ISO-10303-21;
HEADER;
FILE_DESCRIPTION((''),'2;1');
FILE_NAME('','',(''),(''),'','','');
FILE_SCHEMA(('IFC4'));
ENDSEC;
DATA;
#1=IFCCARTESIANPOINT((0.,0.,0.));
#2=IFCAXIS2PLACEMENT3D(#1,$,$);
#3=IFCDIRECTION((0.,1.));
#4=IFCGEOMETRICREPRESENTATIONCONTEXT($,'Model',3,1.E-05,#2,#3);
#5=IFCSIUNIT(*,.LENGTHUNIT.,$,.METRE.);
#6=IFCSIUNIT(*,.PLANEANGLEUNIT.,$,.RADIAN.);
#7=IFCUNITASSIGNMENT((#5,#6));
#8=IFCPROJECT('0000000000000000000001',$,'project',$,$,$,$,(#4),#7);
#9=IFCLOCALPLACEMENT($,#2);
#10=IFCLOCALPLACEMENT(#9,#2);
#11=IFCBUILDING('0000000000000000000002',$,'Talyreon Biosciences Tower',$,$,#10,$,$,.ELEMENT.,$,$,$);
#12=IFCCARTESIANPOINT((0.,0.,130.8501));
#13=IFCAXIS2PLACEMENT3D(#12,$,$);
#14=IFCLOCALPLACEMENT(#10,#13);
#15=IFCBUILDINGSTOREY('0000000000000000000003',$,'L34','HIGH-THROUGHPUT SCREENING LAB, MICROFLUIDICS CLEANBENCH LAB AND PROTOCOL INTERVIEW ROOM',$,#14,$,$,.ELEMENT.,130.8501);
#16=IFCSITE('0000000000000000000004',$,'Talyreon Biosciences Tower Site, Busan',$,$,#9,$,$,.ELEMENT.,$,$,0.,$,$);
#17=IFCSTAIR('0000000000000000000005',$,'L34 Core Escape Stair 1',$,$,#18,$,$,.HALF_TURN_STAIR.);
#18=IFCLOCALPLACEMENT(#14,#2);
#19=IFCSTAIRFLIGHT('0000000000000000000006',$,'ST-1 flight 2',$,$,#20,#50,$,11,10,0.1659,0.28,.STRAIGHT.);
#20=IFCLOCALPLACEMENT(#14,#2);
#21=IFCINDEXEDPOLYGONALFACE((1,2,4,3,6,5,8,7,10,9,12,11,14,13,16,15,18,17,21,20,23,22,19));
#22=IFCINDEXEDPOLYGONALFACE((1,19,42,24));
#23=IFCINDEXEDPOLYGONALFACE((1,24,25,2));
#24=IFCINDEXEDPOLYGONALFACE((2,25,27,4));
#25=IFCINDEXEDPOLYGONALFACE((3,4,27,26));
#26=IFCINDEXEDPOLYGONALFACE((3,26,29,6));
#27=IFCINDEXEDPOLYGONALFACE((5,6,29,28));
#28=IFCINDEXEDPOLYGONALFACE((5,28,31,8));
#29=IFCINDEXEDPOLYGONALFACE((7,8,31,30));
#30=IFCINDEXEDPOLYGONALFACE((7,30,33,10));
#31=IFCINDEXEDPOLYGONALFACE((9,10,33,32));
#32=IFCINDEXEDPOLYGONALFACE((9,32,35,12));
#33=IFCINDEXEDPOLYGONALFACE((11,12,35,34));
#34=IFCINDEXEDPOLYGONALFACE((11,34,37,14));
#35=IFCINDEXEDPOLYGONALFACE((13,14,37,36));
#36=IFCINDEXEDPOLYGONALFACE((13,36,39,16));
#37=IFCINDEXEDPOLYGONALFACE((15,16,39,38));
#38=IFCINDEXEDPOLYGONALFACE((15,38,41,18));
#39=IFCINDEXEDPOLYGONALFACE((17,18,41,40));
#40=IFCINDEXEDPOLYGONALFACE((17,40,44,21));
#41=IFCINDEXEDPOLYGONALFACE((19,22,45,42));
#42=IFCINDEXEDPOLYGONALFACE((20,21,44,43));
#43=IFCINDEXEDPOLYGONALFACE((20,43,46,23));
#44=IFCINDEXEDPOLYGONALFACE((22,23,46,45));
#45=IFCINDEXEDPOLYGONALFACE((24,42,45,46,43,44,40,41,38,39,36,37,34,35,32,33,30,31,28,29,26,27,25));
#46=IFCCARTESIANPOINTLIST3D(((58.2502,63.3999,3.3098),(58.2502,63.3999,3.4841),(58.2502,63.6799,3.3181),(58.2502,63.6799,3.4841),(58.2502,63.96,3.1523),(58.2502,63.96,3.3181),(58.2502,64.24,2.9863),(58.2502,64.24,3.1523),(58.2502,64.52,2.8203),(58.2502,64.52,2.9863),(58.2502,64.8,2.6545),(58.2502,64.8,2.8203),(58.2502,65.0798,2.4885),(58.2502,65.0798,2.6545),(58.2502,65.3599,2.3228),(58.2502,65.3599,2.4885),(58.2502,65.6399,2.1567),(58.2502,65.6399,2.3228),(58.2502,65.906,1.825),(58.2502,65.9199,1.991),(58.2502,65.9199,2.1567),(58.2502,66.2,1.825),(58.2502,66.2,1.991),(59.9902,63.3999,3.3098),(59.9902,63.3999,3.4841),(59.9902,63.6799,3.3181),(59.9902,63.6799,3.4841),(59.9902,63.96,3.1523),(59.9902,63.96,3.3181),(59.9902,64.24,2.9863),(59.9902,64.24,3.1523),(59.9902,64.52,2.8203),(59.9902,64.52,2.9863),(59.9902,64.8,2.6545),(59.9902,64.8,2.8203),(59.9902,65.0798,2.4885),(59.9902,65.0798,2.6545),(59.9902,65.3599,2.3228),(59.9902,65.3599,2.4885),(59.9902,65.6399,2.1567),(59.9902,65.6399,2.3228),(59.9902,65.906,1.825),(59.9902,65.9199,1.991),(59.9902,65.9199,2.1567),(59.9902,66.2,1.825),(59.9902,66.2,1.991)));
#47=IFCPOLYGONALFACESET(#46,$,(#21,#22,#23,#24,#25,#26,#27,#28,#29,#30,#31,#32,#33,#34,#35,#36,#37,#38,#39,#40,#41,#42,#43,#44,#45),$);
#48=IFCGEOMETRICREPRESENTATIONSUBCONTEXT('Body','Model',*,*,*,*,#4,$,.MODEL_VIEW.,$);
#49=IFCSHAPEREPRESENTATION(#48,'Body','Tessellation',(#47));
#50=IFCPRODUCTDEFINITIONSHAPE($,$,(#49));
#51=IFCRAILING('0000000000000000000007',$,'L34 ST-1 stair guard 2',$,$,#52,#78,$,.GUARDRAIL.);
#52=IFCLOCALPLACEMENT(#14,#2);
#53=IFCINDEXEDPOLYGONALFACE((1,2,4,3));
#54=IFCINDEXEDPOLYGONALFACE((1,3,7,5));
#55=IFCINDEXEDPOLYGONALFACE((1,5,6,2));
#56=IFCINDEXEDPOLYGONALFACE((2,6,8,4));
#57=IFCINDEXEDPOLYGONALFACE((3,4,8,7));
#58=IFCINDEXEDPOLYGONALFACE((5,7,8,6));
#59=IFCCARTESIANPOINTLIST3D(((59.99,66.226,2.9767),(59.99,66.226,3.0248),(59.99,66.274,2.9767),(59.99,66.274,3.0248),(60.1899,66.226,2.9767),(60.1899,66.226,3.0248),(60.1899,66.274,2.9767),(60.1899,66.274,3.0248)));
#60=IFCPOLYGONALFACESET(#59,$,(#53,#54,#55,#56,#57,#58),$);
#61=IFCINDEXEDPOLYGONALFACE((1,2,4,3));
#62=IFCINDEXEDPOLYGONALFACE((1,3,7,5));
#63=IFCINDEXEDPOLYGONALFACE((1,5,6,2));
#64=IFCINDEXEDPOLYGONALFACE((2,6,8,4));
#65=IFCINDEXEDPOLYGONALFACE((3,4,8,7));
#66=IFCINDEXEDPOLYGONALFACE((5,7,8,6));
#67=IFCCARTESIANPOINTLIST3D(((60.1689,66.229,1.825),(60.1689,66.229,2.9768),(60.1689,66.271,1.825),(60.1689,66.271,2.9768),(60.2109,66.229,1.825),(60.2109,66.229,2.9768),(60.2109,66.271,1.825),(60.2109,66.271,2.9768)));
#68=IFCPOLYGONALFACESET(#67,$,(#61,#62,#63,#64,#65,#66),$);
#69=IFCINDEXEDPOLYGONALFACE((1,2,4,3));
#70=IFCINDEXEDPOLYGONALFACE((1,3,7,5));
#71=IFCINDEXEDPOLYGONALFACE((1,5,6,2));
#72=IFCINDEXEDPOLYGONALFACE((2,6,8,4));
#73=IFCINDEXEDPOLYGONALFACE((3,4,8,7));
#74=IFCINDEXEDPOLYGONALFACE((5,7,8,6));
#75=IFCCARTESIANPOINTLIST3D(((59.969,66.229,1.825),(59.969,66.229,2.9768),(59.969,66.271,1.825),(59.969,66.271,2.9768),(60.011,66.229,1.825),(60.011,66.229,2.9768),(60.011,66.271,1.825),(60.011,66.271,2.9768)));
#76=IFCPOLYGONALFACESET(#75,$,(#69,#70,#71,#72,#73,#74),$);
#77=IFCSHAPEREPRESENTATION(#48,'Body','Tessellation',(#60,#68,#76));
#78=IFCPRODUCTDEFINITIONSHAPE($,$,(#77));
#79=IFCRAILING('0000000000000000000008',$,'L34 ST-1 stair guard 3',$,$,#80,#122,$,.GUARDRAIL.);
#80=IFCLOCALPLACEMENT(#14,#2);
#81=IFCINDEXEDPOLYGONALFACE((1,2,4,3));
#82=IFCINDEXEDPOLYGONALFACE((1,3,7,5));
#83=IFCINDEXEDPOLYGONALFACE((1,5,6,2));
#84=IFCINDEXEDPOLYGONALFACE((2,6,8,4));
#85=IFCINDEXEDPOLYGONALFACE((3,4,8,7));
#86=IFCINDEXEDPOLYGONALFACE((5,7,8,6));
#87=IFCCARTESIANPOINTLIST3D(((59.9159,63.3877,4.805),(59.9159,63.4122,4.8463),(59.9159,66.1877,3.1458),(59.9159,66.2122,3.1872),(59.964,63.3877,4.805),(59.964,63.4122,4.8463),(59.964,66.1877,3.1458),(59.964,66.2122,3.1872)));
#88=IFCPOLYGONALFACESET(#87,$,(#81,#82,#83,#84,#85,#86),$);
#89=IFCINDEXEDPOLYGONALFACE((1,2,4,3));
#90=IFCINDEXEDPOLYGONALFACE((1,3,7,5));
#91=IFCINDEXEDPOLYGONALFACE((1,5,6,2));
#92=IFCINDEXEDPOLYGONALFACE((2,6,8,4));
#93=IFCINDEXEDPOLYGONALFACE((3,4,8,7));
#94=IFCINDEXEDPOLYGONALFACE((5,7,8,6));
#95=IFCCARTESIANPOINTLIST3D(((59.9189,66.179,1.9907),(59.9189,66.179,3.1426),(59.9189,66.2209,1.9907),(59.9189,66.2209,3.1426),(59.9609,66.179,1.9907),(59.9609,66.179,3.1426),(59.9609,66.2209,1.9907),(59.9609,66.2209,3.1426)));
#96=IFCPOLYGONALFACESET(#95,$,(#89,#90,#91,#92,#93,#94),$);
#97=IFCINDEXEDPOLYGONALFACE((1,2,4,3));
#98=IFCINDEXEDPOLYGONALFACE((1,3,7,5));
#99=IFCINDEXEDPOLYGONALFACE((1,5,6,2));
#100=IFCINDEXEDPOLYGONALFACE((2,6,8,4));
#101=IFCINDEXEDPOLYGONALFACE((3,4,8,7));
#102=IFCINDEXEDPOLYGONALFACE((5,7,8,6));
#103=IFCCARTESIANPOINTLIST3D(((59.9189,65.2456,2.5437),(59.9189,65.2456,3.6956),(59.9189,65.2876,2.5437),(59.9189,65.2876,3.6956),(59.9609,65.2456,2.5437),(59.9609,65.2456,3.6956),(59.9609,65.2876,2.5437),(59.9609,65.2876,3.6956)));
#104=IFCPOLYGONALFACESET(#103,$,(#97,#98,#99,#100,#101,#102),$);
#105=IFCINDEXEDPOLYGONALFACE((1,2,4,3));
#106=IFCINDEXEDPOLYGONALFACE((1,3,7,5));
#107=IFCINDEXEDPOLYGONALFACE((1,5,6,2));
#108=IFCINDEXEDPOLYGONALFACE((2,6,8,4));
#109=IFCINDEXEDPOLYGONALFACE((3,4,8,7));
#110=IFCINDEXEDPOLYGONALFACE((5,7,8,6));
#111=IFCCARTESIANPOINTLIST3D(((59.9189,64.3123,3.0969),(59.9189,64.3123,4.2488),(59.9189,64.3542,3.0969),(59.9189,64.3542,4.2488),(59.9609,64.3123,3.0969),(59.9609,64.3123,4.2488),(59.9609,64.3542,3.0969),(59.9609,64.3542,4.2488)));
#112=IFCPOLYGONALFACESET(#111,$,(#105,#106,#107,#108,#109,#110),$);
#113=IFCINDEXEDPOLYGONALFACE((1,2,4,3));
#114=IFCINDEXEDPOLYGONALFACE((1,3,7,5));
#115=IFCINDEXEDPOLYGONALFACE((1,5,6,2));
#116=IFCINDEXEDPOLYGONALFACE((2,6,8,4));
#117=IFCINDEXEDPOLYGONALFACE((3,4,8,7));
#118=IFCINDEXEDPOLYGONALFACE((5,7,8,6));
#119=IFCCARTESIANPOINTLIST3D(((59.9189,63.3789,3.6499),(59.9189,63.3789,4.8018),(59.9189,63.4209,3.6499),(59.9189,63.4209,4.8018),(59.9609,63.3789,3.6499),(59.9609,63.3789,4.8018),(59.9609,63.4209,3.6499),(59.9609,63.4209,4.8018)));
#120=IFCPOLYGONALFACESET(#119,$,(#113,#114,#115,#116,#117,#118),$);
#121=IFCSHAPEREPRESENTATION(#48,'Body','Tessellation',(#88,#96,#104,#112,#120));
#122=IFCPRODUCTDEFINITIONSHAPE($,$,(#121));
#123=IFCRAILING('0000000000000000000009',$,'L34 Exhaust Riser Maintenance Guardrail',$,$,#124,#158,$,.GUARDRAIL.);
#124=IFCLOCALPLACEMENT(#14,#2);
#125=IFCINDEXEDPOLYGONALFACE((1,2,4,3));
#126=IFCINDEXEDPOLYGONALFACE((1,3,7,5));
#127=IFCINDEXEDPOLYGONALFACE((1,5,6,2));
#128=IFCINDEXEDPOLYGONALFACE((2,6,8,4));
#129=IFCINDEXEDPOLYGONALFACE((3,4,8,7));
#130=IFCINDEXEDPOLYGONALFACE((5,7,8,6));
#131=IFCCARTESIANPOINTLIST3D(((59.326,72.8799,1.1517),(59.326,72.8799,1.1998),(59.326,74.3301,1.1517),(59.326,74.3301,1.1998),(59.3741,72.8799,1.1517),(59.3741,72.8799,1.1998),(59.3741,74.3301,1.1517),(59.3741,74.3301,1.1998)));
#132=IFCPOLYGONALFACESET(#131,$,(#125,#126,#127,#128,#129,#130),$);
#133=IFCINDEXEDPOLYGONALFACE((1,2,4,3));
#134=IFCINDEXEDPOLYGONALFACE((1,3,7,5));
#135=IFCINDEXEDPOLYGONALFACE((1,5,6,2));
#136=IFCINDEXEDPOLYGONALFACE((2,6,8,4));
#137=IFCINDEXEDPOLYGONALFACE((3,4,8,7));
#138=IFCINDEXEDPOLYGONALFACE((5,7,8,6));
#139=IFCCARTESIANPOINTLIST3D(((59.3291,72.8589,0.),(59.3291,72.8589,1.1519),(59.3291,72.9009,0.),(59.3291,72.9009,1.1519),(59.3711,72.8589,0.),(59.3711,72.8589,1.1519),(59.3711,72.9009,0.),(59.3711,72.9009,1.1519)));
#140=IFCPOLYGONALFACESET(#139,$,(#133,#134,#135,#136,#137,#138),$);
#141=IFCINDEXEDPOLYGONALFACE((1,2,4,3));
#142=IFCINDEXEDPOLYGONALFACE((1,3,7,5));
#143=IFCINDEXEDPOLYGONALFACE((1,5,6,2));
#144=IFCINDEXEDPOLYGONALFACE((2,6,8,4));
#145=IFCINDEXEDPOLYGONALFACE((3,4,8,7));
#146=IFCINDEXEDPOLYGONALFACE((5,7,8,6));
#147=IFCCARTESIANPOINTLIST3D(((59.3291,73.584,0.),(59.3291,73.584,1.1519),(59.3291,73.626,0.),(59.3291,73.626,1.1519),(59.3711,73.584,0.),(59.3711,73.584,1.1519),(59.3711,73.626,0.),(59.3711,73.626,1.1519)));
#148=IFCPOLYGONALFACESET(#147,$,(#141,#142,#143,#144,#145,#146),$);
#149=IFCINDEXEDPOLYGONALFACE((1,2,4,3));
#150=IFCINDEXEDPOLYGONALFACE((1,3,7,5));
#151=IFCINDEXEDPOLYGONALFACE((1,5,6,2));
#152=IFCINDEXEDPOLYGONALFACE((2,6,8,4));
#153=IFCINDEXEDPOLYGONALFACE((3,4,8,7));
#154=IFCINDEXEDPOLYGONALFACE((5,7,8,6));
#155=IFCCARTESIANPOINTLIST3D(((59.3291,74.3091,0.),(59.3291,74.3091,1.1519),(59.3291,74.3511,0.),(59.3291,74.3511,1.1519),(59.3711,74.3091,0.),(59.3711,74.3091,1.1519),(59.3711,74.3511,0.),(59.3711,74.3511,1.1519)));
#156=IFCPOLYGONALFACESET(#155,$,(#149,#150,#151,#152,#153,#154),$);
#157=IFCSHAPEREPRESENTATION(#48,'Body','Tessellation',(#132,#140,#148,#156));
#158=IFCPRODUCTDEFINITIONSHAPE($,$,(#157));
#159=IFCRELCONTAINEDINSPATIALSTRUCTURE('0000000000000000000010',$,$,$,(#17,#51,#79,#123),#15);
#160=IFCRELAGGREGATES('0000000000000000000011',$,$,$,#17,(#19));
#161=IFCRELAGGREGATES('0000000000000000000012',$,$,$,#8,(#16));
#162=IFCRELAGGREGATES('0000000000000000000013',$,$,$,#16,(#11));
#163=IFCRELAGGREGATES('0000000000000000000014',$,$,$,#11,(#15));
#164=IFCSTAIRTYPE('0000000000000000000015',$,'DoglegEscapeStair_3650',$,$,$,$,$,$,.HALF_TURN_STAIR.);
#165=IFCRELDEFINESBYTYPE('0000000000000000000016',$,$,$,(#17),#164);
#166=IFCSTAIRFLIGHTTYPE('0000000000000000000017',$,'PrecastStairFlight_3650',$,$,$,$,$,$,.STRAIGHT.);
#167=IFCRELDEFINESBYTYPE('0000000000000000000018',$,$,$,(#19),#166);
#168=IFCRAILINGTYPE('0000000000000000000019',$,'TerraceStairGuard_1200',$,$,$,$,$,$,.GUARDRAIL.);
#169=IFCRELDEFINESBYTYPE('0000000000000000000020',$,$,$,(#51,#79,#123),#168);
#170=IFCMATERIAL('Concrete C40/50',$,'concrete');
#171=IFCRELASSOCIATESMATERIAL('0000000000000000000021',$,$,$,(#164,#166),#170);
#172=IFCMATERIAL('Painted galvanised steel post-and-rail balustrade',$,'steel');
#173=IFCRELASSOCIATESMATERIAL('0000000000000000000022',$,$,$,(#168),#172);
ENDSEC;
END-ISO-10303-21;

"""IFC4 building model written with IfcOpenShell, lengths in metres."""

from ifc_helpers import new_model, si_unit, direction, frame, origin, origin_2d, place, context, subcontext, project, spatial, polyline, rectangle, outline, extrude, material, type_object, element, aggregate, save


model = new_model("IFC4")

# Units and contexts
model_context = context("Model", 3, precision=1e-05, world=origin(), true_north=direction((0.0, 1.0)))
body_context = subcontext(model_context, "Body", "Model", "MODEL_VIEW")
ifc_project = project(units=[si_unit("LENGTHUNIT", "METRE"), si_unit("PLANEANGLEUNIT", "RADIAN")], contexts=[model_context])

# Site, building, storey
site_placement = place(None, origin())
site = spatial("IfcSite", under=ifc_project, at=site_placement, Name="Talyreon Biosciences Tower Site, Busan", CompositionType="ELEMENT", RefElevation=0.0)
building_placement = place(site_placement, origin())
building = spatial("IfcBuilding", under=site, at=building_placement, Name="Talyreon Biosciences Tower", CompositionType="ELEMENT")
storey_placement = place(building_placement, frame((0.0, 0.0, 130.8501)))
storey = spatial("IfcBuildingStorey", under=building, at=storey_placement, Name="L34", Description="HIGH-THROUGHPUT SCREENING LAB, MICROFLUIDICS CLEANBENCH LAB AND PROTOCOL INTERVIEW ROOM", CompositionType="ELEMENT", Elevation=130.8501)

# Stair, stair flight
ifc_material_1 = material(Name="Concrete C40/50", Category="concrete")
stair_type = type_object("IfcStairType", Name="DoglegEscapeStair_3650", PredefinedType="HALF_TURN_STAIR", material=ifc_material_1)
stair_placement = place(storey_placement, origin())
stair = element("IfcStair", 1, at=stair_placement, inside=storey, type_object=stair_type, Name="L34 Core Escape Stair 1", PredefinedType="HALF_TURN_STAIR")
stair_flight_type = type_object("IfcStairFlightType", Name="PrecastStairFlight_3650", PredefinedType="STRAIGHT", material=ifc_material_1)
stair_flight_placement = place(storey_placement, frame((59.1201, 66.2, 1.825), z_axis=(0.0, 0.0, 1.0), x_axis=(0.0, -1.0, 0.0)))
stair_flight = element("IfcStairFlight", 2, at=stair_flight_placement, type_object=stair_flight_type, Name="ST-1 flight 2", NumberOfRisers=11, NumberOfTreads=10, PredefinedType="STRAIGHT", RiserHeight=0.1659, TreadLength=0.28, context=body_context, shape_type="SweptSolid", body=[
    extrude(outline(polyline([(0.0, 0.0), (0.0, 0.166), (0.28, 0.166), (0.28, 0.3318), (0.5601, 0.3318), (0.5601, 0.4978), (0.8401, 0.4978), (0.8401, 0.6636), (1.1201, 0.6636), (1.1201, 0.8296), (1.3999, 0.8296), (1.3999, 0.9954), (1.6799, 0.9954), (1.6799, 1.1614), (1.96, 1.1614), (1.96, 1.3274), (2.24, 1.3274), (2.24, 1.4932), (2.52, 1.4932), (2.52, 1.6592), (2.8, 1.6592), (2.8, 1.825), (2.8, 1.4849), (0.2939, 0.0), (0.0, 0.0)])), frame((0.0, 0.8701, 0.0), z_axis=(0.0, -1.0, 0.0), x_axis=(1.0, 0.0, 0.0)), (0.0, 0.0, 1.0), 1.74),
])
aggregate(stair, [stair_flight])

# Railings
ifc_material_2 = material(Name="Painted galvanised steel post-and-rail balustrade", Category="steel")
railing_type = type_object("IfcRailingType", Name="TerraceStairGuard_1200", PredefinedType="GUARDRAIL", material=ifc_material_2)
railing_1_placement = place(storey_placement, frame((60.1899, 66.25, 1.825)))
element("IfcRailing", 3, at=railing_1_placement, inside=storey, type_object=railing_type, Name="L34 ST-1 stair guard 2", PredefinedType="GUARDRAIL", context=body_context, shape_type="SweptSolid", body=[
    extrude(rectangle(XDim=0.0481, YDim=0.0481, at=origin_2d()), frame((0.0, 0.0, 1.1758), z_axis=(-1.0, 0.0, 0.0), x_axis=(0.0, -1.0, 0.0)), (0.0, 0.0, 1.0), 0.2),
    extrude(rectangle(XDim=0.042, YDim=0.042, at=origin_2d()), origin(), (0.0, 0.0, 1.0), 1.1519),
    extrude(rectangle(XDim=0.042, YDim=0.042, at=origin_2d()), frame((-0.2, 0.0, 0.0)), (0.0, 0.0, 1.0), 1.1519),
])
railing_2_placement = place(storey_placement, frame((59.9399, 66.2, 1.9907)))
element("IfcRailing", 4, at=railing_2_placement, inside=storey, type_object=railing_type, Name="L34 ST-1 stair guard 3", PredefinedType="GUARDRAIL", context=body_context, shape_type="SweptSolid", body=[
    extrude(rectangle(XDim=0.0481, YDim=0.0481, at=origin_2d()), frame((0.0, 0.0, 1.1758), z_axis=(0.0, -0.860306, 0.509778), x_axis=(1.0, 0.0, 0.0)), (0.0, 0.0, 1.0), 3.2546),
    extrude(rectangle(XDim=0.042, YDim=0.042, at=origin_2d()), origin(), (0.0, 0.0, 1.0), 1.1519),
    extrude(rectangle(XDim=0.042, YDim=0.042, at=origin_2d()), frame((0.0, -0.9333, 0.553)), (0.0, 0.0, 1.0), 1.1519),
    extrude(rectangle(XDim=0.042, YDim=0.042, at=origin_2d()), frame((0.0, -1.8667, 1.1062)), (0.0, 0.0, 1.0), 1.1519),
    extrude(rectangle(XDim=0.042, YDim=0.042, at=origin_2d()), frame((0.0, -2.8, 1.6592)), (0.0, 0.0, 1.0), 1.1519),
])
railing_3_placement = place(storey_placement, frame((59.3501, 72.8799, 0.0)))
element("IfcRailing", 5, at=railing_3_placement, inside=storey, type_object=railing_type, Name="L34 Exhaust Riser Maintenance Guardrail", PredefinedType="GUARDRAIL", context=body_context, shape_type="SweptSolid", body=[
    extrude(rectangle(XDim=0.0481, YDim=0.0481, at=origin_2d()), frame((0.0, 0.0, 1.1758), z_axis=(0.0, 1.0, 0.0), x_axis=(-1.0, 0.0, 0.0)), (0.0, 0.0, 1.0), 1.4502),
    extrude(rectangle(XDim=0.042, YDim=0.042, at=origin_2d()), origin(), (0.0, 0.0, 1.0), 1.1519),
    extrude(rectangle(XDim=0.042, YDim=0.042, at=origin_2d()), frame((0.0, 0.7251, 0.0)), (0.0, 0.0, 1.0), 1.1519),
    extrude(rectangle(XDim=0.042, YDim=0.042, at=origin_2d()), frame((0.0, 1.4502, 0.0)), (0.0, 0.0, 1.0), 1.1519),
])

save(model, "model.ifc")
